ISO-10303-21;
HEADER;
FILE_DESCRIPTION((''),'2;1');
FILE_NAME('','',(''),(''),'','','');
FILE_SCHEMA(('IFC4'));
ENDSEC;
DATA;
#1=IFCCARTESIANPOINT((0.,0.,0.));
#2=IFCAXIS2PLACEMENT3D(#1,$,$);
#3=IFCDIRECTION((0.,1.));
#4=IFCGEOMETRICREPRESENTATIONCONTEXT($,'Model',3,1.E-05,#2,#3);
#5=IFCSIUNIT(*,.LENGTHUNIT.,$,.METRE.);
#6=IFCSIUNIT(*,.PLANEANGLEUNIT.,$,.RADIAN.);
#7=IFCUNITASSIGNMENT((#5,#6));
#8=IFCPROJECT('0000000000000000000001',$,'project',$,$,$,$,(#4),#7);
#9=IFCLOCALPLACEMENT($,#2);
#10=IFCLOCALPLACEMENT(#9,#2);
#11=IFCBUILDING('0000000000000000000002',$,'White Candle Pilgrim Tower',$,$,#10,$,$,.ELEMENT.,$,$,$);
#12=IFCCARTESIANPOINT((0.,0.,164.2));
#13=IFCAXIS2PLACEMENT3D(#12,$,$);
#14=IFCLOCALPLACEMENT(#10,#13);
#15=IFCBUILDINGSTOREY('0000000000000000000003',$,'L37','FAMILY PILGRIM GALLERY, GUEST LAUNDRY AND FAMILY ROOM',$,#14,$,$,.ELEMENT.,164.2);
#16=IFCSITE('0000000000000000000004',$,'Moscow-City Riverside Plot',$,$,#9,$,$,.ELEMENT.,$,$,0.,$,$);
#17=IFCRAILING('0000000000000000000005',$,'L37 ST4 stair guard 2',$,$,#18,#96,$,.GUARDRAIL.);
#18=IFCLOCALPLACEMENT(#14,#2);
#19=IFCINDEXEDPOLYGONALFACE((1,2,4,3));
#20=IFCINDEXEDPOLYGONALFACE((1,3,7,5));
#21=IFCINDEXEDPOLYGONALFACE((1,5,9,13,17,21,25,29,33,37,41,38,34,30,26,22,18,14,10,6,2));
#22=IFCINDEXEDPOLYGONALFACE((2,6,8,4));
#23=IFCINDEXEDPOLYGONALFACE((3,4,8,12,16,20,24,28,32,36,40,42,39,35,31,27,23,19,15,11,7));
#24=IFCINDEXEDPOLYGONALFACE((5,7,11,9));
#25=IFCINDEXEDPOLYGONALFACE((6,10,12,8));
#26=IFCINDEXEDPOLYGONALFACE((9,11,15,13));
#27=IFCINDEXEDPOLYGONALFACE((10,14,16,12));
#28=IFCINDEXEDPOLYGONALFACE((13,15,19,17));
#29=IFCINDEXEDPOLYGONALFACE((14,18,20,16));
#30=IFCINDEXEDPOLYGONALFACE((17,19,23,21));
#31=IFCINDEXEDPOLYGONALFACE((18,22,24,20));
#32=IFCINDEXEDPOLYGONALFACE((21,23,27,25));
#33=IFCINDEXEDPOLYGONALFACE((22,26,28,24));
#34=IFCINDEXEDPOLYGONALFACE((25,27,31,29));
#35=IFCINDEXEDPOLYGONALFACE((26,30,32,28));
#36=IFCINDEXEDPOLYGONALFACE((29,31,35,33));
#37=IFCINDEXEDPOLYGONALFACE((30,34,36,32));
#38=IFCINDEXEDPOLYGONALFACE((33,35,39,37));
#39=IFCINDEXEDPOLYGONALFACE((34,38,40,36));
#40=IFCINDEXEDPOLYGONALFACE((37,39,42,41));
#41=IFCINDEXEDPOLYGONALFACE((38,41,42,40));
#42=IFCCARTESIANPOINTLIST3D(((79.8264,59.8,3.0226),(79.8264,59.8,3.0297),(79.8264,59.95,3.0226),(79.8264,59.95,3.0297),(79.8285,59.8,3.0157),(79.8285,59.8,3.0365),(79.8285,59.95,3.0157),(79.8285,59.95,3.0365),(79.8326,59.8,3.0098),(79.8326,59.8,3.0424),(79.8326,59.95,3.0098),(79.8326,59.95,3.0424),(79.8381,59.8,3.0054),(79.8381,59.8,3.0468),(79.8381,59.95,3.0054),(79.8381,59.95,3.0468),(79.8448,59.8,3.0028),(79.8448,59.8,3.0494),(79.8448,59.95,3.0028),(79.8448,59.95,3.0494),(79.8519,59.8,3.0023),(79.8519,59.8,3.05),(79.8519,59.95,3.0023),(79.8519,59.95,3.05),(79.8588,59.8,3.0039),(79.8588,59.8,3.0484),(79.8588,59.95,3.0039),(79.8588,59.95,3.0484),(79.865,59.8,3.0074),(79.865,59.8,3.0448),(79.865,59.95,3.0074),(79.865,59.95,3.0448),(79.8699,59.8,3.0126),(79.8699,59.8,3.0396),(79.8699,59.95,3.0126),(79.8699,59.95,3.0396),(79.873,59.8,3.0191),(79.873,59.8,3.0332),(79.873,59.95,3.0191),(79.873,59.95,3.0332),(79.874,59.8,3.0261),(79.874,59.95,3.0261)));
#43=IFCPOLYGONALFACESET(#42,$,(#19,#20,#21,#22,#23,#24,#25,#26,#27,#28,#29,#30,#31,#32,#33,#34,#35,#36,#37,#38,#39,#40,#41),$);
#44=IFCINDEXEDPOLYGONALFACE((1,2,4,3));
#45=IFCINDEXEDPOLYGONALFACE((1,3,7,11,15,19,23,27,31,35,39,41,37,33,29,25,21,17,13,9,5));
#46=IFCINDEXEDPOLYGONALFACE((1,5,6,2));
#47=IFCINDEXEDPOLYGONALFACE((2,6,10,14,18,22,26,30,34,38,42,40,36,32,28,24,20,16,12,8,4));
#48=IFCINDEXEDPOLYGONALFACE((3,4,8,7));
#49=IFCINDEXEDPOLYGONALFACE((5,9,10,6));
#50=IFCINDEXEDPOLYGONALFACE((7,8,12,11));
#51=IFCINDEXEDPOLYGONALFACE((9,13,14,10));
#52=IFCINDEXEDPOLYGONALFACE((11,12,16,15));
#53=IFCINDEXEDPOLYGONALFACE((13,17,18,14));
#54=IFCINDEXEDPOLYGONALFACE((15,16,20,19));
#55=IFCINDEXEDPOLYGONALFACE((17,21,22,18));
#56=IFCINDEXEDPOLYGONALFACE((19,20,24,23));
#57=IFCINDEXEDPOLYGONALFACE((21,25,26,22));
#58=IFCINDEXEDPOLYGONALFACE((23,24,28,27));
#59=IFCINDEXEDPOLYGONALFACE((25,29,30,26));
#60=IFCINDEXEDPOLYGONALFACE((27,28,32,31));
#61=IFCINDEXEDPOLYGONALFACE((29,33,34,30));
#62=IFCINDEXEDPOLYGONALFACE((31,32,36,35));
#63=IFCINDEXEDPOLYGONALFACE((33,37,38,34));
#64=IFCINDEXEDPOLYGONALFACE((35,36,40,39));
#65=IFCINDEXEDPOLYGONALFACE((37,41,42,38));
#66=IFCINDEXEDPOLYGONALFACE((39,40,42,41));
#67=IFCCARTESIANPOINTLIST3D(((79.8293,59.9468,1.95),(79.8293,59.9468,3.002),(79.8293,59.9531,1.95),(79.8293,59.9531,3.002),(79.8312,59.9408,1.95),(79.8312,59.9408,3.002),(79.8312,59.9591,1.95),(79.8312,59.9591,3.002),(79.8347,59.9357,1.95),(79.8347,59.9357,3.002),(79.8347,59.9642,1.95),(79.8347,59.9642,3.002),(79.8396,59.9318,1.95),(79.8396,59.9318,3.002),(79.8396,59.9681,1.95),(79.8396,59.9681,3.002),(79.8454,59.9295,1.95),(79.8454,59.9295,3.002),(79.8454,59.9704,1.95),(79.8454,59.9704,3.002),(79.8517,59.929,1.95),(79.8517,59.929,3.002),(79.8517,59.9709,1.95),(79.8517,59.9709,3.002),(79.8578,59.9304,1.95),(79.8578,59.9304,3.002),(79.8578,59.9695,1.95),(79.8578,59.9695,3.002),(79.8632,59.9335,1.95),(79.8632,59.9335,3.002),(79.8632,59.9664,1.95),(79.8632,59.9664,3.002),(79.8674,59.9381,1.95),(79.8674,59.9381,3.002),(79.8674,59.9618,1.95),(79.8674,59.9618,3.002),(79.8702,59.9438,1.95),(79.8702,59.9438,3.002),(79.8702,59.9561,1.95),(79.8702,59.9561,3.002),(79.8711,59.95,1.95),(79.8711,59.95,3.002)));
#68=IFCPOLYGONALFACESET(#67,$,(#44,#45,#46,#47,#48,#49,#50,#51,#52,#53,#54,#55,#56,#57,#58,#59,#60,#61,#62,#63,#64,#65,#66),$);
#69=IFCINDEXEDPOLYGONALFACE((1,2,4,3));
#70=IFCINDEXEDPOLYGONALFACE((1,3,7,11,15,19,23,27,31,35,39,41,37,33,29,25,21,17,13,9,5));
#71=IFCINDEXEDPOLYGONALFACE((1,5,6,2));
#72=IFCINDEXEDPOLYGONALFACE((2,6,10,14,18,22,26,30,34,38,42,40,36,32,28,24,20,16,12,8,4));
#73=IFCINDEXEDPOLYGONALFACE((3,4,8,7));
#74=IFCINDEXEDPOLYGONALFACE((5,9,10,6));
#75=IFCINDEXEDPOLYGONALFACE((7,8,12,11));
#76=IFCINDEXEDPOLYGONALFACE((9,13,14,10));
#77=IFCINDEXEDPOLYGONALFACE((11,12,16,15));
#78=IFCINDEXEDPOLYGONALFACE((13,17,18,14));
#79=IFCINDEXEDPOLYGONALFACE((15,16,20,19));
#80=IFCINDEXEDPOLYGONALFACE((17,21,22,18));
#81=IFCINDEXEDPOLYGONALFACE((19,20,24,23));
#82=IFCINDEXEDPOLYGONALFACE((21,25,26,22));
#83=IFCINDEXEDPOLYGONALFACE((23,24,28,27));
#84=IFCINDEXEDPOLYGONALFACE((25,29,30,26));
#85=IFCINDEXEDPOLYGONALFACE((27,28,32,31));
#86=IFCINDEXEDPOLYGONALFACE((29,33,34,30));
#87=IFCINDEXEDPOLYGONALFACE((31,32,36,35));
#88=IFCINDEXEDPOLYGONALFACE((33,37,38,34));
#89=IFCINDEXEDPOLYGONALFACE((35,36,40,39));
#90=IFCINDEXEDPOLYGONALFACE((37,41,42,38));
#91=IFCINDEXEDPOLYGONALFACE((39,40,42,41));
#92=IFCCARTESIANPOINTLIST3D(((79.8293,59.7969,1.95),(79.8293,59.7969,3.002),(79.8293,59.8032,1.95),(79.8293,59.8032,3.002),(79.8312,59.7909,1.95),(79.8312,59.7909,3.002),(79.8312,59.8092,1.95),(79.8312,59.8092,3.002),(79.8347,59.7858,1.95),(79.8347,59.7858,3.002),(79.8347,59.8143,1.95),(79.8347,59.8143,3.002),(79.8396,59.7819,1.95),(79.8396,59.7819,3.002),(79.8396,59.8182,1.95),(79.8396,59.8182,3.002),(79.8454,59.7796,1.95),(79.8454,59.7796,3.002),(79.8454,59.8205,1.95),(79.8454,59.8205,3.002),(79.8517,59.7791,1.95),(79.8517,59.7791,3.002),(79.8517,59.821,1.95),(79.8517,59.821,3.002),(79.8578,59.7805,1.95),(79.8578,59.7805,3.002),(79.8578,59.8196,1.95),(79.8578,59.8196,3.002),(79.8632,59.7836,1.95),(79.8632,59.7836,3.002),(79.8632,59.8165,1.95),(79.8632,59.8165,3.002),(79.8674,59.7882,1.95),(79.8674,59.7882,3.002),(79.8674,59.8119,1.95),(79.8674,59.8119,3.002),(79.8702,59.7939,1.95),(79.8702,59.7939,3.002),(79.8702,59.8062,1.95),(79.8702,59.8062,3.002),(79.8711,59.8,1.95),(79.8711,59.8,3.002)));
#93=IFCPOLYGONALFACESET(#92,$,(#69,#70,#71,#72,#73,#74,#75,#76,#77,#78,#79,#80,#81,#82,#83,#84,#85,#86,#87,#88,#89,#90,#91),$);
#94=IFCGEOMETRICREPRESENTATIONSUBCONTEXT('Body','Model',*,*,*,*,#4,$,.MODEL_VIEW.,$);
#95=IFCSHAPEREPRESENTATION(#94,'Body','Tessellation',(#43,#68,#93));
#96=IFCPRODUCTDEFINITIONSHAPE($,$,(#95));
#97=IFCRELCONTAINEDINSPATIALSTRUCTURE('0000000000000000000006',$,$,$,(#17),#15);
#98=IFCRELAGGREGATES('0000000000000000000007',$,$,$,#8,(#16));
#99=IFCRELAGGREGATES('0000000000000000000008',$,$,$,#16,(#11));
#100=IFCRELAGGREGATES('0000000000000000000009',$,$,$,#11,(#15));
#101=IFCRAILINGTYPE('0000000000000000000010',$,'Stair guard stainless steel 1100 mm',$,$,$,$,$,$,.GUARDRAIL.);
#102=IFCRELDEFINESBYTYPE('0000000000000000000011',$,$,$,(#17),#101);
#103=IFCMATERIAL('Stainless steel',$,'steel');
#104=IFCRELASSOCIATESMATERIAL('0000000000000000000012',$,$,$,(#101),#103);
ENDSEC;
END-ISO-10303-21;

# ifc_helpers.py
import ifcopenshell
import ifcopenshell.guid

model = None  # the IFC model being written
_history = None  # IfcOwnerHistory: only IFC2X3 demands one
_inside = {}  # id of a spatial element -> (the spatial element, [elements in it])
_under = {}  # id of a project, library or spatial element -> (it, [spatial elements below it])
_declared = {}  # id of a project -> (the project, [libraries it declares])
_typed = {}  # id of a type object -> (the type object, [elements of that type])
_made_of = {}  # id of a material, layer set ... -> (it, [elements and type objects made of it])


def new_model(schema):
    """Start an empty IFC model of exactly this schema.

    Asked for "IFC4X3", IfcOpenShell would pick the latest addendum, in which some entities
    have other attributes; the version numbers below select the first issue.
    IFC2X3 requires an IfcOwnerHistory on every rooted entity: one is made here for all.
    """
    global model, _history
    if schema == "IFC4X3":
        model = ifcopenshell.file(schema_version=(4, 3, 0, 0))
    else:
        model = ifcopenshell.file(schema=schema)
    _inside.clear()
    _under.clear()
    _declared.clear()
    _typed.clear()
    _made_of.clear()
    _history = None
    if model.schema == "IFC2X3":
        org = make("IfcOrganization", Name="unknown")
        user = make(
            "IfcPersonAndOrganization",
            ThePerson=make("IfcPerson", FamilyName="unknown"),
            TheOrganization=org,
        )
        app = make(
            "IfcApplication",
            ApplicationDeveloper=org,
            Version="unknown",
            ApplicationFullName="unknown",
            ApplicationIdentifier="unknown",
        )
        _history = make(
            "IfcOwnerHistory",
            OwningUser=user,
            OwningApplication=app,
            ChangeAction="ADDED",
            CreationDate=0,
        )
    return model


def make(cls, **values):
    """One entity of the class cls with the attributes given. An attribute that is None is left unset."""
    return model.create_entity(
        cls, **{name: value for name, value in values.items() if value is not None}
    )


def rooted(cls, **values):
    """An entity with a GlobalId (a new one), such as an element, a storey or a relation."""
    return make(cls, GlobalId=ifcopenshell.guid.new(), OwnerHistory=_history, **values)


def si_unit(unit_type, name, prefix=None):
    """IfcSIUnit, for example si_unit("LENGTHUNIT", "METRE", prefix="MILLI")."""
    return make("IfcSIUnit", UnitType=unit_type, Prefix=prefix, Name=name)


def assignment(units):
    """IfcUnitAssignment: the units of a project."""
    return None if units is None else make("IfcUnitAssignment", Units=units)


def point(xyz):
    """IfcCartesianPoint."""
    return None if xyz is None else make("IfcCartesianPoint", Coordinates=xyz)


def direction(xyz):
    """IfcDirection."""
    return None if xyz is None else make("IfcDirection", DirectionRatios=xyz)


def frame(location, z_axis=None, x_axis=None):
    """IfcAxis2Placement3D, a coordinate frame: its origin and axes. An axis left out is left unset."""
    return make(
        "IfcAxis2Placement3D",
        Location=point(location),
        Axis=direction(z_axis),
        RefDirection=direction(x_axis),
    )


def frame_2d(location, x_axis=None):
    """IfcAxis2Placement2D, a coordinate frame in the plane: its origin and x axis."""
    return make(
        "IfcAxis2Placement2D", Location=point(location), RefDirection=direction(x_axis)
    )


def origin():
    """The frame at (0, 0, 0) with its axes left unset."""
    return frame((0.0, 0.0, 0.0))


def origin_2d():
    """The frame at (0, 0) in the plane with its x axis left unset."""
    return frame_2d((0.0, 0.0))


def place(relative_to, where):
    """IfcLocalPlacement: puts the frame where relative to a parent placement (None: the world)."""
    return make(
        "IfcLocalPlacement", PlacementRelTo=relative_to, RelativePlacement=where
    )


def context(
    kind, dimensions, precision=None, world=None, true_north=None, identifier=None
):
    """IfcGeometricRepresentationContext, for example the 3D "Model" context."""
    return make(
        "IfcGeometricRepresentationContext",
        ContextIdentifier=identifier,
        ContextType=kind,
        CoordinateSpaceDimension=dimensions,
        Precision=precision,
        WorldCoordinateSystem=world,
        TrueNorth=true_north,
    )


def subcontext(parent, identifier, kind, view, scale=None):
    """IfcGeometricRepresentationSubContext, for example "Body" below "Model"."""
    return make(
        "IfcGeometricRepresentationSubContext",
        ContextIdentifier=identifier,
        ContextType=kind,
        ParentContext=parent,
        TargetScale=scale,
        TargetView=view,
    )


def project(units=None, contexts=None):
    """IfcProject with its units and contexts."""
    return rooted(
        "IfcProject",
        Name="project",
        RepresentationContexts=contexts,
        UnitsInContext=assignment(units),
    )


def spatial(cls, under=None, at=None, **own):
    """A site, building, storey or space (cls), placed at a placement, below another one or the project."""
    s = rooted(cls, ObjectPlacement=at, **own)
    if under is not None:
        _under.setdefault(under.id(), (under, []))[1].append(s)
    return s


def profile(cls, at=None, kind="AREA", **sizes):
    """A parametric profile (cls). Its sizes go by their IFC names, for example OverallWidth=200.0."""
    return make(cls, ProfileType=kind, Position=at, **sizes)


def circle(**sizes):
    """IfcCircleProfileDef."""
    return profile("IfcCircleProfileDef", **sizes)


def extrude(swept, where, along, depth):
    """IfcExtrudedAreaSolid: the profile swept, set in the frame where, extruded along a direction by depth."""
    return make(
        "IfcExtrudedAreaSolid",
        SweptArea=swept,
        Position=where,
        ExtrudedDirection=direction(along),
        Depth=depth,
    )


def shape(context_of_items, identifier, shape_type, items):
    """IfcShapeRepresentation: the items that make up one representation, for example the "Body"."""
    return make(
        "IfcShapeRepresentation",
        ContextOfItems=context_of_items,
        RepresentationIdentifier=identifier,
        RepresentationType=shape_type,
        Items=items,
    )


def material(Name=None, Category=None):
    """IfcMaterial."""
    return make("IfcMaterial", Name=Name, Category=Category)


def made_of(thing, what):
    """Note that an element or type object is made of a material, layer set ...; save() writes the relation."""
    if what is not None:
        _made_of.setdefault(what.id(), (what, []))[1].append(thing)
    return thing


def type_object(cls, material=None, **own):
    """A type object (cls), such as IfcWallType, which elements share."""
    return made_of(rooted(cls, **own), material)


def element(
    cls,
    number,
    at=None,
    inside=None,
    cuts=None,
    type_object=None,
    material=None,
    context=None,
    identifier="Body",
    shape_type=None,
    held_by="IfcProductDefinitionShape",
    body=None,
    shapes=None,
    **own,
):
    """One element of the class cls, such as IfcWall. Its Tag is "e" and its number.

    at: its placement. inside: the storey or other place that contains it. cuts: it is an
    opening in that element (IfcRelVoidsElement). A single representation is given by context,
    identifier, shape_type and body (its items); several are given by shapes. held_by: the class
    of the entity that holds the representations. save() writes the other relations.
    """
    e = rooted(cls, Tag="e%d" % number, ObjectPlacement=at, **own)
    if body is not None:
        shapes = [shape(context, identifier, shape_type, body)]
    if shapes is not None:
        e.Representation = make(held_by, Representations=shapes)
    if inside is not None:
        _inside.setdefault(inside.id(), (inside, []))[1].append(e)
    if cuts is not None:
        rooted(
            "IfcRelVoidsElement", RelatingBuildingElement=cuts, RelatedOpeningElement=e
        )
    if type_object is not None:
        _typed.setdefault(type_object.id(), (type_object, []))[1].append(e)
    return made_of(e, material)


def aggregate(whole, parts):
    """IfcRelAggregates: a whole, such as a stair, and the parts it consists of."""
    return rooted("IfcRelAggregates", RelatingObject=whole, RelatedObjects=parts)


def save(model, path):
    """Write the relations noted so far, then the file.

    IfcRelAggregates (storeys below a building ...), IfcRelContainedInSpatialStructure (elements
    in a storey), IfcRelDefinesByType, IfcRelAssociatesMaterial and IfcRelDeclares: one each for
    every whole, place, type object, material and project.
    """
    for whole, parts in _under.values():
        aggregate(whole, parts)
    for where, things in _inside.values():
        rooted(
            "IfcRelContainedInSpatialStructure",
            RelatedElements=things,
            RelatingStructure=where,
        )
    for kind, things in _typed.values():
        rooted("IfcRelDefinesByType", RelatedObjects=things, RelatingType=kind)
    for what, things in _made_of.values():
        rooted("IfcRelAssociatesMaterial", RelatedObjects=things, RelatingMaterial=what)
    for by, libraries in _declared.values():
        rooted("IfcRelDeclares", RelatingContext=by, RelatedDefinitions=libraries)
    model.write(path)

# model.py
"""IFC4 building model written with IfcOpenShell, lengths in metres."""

from ifc_helpers import new_model, si_unit, direction, frame, origin, origin_2d, place, context, subcontext, project, spatial, circle, extrude, material, type_object, element, save


model = new_model("IFC4")

# Units and contexts
model_context = context("Model", 3, precision=1e-05, world=origin(), true_north=direction((0.0, 1.0)))
body_context = subcontext(model_context, "Body", "Model", "MODEL_VIEW")
ifc_project = project(units=[si_unit("LENGTHUNIT", "METRE"), si_unit("PLANEANGLEUNIT", "RADIAN")], contexts=[model_context])

# Site, building, storey
site_placement = place(None, origin())
site = spatial("IfcSite", under=ifc_project, at=site_placement, Name="Moscow-City Riverside Plot", CompositionType="ELEMENT", RefElevation=0.0)
building_placement = place(site_placement, origin())
building = spatial("IfcBuilding", under=site, at=building_placement, Name="White Candle Pilgrim Tower", CompositionType="ELEMENT")
storey_placement = place(building_placement, frame((0.0, 0.0, 164.2)))
storey = spatial("IfcBuildingStorey", under=building, at=storey_placement, Name="L37", Description="FAMILY PILGRIM GALLERY, GUEST LAUNDRY AND FAMILY ROOM", CompositionType="ELEMENT", Elevation=164.2)

# Railing
ifc_material_1 = material(Name="Stainless steel", Category="steel")
railing_type_1 = type_object("IfcRailingType", Name="Stair guard stainless steel 1100 mm", PredefinedType="GUARDRAIL", material=ifc_material_1)
railing_1_placement = place(storey_placement, frame((79.8501, 59.95, 1.95)))
element("IfcRailing", 1, at=railing_1_placement, inside=storey, type_object=railing_type_1, Name="L37 ST4 stair guard 2", PredefinedType="GUARDRAIL", context=body_context, shape_type="SweptSolid", body=[
    extrude(circle(Radius=0.0239, at=origin_2d()), frame((0.0, 0.0, 1.0762), z_axis=(0.0, -1.0, 0.0), x_axis=(1.0, 0.0, 0.0)), (0.0, 0.0, 1.0), 0.1499),
    extrude(circle(Radius=0.021, at=origin_2d()), origin(), (0.0, 0.0, 1.0), 1.052),
    extrude(circle(Radius=0.021, at=origin_2d()), frame((0.0, -0.1499, 0.0)), (0.0, 0.0, 1.0), 1.052),
])

save(model, "model.ifc")
